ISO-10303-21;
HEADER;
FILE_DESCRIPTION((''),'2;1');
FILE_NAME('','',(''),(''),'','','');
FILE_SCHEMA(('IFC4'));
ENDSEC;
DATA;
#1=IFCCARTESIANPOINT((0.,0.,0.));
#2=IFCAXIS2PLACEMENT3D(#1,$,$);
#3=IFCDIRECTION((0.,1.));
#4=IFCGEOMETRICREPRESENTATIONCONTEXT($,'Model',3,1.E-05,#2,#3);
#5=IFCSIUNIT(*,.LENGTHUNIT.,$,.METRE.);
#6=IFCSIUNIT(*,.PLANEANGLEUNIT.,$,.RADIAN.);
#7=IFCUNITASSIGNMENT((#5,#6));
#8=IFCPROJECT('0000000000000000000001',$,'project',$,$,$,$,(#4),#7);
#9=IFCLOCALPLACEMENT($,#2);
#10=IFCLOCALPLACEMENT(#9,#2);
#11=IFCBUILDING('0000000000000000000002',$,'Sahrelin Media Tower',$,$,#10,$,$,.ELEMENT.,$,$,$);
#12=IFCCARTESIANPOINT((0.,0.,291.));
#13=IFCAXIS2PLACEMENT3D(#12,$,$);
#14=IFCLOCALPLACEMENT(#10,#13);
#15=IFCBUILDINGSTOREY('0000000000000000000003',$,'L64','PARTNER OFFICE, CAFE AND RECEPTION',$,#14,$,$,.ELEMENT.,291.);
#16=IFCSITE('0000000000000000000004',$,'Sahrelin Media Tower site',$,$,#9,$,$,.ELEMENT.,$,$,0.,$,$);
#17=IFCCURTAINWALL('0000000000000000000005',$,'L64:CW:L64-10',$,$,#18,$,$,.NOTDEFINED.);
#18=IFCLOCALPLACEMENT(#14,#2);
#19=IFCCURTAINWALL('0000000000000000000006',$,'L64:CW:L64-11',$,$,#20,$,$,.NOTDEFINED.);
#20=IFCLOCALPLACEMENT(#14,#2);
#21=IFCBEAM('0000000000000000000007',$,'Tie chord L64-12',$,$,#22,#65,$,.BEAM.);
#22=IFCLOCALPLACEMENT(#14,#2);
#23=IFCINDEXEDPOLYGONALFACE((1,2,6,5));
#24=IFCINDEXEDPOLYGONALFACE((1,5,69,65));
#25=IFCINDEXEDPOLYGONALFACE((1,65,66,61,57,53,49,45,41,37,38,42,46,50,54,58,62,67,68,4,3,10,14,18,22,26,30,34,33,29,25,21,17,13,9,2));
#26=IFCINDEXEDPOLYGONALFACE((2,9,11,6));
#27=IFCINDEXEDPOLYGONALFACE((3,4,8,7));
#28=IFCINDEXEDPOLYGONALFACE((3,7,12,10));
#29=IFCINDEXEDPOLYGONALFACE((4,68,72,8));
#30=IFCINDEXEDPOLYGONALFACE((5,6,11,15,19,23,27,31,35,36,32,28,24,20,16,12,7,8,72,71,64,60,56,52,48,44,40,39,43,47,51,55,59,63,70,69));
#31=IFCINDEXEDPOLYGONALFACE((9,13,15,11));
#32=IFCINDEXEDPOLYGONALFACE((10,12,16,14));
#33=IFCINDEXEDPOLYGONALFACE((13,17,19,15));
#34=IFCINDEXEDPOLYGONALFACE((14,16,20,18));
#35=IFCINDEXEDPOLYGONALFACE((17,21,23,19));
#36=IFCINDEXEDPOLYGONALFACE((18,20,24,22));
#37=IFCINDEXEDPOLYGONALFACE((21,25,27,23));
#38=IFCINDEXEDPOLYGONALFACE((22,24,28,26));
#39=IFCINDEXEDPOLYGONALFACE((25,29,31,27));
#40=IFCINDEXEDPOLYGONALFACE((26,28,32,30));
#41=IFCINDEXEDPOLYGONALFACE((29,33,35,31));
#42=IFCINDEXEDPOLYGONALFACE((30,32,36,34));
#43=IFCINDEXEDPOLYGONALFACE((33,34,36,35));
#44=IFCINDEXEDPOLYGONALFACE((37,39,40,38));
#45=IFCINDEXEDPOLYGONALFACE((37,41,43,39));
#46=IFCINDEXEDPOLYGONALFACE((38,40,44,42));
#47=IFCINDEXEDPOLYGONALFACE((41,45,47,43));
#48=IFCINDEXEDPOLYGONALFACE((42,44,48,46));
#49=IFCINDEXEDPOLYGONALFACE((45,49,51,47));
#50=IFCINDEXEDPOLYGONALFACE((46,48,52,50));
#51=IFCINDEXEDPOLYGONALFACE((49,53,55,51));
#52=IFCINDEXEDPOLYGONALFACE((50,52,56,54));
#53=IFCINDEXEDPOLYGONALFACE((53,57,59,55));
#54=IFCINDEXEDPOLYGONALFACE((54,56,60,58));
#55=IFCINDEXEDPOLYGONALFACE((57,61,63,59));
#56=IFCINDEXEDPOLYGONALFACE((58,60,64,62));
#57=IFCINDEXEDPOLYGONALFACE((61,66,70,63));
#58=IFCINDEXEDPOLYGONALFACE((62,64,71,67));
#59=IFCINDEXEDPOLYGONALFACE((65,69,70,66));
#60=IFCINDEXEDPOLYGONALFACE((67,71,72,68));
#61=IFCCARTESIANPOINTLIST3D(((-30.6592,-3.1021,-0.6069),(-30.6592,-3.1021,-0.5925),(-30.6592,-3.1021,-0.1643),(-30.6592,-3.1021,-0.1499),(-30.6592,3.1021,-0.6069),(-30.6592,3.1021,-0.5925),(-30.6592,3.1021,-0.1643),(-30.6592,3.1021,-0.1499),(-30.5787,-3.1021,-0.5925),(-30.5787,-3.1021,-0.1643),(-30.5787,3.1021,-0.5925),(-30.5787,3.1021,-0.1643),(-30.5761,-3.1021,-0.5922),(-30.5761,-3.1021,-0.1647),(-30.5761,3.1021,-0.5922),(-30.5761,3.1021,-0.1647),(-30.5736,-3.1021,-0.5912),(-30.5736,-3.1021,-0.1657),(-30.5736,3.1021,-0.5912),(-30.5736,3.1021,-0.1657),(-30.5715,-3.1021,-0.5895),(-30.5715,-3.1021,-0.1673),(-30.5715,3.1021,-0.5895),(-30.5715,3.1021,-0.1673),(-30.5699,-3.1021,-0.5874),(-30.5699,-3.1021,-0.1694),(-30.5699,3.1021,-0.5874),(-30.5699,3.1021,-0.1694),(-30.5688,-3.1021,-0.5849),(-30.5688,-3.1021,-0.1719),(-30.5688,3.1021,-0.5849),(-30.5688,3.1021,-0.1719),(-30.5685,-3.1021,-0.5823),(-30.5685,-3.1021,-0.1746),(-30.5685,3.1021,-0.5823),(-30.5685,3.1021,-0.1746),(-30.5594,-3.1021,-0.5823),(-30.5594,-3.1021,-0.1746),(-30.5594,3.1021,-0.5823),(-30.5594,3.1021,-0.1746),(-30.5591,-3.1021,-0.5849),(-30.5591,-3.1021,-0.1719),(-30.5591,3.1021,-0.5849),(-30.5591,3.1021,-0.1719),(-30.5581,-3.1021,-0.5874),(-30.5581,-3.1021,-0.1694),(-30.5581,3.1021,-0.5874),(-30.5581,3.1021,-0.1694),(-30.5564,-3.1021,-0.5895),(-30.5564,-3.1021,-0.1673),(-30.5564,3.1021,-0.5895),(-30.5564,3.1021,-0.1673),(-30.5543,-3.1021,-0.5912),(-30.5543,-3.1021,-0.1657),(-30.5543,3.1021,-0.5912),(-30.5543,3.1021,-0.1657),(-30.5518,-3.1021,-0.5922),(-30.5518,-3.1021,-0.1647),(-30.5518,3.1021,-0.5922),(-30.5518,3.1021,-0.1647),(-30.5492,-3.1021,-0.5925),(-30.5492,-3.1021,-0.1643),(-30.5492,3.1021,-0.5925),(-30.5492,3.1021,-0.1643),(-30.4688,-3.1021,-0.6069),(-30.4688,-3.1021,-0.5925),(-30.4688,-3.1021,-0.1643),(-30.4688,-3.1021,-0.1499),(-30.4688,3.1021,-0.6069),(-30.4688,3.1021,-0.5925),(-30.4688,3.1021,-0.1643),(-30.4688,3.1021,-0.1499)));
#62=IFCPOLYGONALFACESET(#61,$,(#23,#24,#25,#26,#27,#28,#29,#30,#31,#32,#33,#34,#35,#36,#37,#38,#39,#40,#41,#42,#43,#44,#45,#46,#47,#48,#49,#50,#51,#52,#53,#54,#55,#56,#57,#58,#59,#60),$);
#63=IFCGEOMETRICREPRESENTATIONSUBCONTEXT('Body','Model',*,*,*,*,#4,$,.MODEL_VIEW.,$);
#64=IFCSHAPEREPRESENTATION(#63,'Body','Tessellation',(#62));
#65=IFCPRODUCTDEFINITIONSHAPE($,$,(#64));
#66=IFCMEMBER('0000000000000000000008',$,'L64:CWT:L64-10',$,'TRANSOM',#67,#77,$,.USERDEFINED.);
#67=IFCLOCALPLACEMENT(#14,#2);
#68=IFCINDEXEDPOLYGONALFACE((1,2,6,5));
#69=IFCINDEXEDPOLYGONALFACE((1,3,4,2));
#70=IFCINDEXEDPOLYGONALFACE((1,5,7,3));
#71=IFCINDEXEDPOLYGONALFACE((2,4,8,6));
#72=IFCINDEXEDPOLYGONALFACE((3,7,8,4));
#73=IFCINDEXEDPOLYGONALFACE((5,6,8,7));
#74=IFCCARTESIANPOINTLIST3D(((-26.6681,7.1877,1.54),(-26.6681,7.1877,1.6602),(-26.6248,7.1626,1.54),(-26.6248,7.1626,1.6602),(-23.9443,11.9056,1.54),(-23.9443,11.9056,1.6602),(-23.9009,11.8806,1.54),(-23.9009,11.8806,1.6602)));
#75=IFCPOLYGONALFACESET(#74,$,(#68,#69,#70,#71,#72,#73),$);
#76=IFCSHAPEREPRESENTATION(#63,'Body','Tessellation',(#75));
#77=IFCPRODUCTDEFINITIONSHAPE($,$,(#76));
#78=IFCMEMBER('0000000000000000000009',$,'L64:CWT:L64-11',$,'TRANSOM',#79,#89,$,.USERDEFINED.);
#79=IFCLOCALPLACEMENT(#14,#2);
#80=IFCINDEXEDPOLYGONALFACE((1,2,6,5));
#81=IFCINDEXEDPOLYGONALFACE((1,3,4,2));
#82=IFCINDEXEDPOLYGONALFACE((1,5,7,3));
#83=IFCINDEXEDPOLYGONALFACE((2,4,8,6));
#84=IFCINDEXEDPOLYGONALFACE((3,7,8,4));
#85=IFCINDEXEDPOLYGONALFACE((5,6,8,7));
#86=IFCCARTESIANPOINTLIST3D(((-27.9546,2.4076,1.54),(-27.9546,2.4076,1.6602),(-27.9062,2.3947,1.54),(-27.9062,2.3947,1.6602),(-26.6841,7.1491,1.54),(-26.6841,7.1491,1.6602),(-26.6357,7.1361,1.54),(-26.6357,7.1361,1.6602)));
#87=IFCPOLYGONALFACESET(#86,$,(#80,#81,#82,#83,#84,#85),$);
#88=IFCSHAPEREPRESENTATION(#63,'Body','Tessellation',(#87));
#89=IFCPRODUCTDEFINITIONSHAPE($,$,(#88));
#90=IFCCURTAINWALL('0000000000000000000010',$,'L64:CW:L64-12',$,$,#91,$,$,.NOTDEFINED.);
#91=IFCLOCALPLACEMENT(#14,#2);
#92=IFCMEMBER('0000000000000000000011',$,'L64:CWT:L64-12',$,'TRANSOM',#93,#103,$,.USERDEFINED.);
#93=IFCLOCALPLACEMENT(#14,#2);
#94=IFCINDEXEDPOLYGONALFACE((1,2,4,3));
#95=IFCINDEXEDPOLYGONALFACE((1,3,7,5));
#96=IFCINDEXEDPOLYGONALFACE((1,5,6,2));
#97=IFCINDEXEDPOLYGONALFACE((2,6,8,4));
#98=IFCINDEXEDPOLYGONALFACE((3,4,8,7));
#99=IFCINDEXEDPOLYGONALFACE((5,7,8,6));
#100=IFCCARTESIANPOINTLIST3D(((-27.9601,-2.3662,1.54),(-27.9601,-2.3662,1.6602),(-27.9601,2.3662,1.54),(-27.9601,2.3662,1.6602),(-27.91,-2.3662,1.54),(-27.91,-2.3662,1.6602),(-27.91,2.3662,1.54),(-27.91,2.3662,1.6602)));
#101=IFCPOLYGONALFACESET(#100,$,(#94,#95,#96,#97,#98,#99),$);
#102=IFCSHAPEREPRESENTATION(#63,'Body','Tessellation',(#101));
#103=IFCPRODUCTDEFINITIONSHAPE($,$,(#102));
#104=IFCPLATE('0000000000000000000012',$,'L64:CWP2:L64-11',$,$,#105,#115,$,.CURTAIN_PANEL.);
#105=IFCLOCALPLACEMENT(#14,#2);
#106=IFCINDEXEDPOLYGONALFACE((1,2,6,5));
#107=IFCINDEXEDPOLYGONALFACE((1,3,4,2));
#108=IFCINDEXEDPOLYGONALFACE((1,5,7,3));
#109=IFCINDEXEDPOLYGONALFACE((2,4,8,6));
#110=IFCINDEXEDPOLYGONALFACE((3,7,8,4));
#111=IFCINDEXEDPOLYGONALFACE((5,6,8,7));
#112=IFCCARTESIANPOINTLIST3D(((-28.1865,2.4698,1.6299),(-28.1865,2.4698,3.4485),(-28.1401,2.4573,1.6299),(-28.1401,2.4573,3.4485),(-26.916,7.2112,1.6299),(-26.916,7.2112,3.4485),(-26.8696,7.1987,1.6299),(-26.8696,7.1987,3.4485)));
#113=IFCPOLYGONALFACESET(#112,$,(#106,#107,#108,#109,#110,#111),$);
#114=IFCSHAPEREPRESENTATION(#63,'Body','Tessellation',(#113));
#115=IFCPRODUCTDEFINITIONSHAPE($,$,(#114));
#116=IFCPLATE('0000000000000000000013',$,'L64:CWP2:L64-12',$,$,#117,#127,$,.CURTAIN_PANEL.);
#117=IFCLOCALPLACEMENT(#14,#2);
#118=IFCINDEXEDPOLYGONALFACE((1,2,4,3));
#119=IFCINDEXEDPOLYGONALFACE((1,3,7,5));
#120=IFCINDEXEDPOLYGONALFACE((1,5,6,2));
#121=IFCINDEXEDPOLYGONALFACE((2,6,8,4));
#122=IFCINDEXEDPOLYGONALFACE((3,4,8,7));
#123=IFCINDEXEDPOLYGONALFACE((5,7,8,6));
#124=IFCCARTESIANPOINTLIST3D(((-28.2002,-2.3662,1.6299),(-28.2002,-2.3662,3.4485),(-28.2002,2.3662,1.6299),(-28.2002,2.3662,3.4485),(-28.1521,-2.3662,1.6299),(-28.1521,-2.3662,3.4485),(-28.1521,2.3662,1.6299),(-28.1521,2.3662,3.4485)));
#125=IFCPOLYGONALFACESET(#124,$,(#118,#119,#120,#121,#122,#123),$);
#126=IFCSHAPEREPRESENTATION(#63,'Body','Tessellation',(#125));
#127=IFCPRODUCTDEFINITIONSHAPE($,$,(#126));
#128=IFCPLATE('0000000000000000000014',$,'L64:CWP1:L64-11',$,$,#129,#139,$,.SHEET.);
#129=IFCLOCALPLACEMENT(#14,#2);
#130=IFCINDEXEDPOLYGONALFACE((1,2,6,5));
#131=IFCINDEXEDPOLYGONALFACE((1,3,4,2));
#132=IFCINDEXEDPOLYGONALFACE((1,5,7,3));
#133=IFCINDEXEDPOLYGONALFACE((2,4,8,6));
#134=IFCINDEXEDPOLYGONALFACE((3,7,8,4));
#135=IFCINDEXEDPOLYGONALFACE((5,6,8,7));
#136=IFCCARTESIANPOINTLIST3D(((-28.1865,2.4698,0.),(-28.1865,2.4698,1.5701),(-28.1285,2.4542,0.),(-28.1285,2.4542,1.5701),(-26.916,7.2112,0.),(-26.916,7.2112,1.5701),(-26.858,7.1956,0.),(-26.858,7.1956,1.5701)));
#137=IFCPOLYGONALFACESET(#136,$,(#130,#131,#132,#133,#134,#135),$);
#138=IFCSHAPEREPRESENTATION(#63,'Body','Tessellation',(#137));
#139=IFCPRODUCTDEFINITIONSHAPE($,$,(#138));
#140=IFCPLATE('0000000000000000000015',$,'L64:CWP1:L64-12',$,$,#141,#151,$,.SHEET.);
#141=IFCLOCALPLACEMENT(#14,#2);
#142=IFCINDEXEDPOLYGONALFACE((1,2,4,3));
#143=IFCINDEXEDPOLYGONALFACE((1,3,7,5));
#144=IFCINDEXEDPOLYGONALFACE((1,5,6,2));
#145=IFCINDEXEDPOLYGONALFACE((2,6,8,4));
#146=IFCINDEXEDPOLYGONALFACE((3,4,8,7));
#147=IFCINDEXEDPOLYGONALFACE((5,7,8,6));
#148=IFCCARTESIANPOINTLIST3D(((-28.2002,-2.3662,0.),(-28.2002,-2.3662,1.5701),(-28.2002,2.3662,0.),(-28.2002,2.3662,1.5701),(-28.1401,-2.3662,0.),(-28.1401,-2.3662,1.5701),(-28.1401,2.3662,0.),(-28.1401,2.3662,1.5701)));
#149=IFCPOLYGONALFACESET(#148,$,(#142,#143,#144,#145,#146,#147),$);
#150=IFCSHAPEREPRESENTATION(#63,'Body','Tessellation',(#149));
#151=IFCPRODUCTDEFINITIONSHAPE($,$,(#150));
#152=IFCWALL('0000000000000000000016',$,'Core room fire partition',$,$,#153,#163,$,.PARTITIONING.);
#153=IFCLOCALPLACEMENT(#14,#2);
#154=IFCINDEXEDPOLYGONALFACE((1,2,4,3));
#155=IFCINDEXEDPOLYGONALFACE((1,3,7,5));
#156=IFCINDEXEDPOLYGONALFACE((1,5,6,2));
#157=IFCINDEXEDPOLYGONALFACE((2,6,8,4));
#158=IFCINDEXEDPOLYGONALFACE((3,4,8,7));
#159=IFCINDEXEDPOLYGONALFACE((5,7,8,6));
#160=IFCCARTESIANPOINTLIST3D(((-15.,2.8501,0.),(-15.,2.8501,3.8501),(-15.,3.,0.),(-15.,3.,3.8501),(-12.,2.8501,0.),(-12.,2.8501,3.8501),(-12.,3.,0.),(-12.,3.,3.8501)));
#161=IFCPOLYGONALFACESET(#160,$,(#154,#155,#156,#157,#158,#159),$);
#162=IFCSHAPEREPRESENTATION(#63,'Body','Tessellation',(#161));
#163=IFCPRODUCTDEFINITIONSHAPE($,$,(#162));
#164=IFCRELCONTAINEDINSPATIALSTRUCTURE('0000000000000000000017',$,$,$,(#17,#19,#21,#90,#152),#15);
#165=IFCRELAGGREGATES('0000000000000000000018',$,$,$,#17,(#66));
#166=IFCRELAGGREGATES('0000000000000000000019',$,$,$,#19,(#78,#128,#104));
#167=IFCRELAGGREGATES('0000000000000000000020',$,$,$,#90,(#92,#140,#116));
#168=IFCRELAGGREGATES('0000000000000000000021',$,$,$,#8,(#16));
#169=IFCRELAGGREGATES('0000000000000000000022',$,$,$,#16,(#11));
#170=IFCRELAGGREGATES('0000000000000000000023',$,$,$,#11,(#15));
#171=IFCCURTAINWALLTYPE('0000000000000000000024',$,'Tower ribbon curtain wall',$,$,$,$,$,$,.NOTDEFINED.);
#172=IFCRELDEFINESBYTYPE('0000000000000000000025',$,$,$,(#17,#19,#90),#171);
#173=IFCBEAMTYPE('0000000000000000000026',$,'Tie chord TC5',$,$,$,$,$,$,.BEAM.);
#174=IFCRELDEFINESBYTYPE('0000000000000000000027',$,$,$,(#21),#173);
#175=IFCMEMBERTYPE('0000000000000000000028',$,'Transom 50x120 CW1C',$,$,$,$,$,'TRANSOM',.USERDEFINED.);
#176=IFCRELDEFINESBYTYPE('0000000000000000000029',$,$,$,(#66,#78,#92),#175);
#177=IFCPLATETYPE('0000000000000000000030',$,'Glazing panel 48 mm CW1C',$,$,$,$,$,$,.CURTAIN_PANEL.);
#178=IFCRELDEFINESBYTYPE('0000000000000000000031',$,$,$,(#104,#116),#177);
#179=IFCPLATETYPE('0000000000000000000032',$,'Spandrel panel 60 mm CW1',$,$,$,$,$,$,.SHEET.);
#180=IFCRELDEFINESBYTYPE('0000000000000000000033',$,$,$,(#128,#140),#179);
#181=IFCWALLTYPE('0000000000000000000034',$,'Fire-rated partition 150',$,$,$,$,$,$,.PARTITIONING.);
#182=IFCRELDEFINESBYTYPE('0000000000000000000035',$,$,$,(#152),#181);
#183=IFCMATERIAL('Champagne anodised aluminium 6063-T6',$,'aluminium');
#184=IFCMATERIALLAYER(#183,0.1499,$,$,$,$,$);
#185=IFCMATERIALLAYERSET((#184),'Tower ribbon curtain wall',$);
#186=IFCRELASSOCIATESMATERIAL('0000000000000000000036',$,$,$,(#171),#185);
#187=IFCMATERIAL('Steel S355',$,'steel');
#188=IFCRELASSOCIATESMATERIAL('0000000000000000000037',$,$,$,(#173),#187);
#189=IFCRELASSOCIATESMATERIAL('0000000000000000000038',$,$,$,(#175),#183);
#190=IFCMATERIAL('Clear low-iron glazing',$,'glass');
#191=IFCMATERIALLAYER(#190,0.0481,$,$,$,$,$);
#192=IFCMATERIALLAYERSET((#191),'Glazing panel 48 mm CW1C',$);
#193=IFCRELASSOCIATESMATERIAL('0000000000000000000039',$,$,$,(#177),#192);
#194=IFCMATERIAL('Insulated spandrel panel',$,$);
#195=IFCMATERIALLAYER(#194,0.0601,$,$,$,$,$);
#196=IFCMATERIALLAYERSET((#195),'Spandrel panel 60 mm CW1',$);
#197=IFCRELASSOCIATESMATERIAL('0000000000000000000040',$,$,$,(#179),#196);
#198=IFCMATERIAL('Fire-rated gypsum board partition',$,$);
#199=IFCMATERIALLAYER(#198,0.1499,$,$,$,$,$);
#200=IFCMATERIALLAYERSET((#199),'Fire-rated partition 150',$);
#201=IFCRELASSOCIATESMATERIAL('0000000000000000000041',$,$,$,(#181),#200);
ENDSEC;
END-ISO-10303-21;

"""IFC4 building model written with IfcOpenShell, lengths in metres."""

from ifc_helpers import new_model, si_unit, direction, frame, frame_2d, origin, origin_2d, place, context, subcontext, project, spatial, polyline, rectangle, i_section, outline, extrude, material, layer, layer_set, material_profile, profile_set, type_object, element, aggregate, save


model = new_model("IFC4")

# Units and contexts
model_context = context("Model", 3, precision=1e-05, world=origin(), true_north=direction((0.0, 1.0)))
body_context = subcontext(model_context, "Body", "Model", "MODEL_VIEW")
ifc_project = project(units=[si_unit("LENGTHUNIT", "METRE"), si_unit("PLANEANGLEUNIT", "RADIAN")], contexts=[model_context])

# Site, building, storey
site_placement = place(None, origin())
site = spatial("IfcSite", under=ifc_project, at=site_placement, Name="Sahrelin Media Tower site", CompositionType="ELEMENT", RefElevation=0.0)
building_placement = place(site_placement, origin())
building = spatial("IfcBuilding", under=site, at=building_placement, Name="Sahrelin Media Tower", CompositionType="ELEMENT")
storey_placement = place(building_placement, frame((0.0, 0.0, 291.0)))
storey = spatial("IfcBuildingStorey", under=building, at=storey_placement, Name="L64", Description="PARTNER OFFICE, CAFE AND RECEPTION", CompositionType="ELEMENT", Elevation=291.0)

# Shared definitions
ifc_material_1 = material(Name="Steel S355", Category="steel")

# Curtain walls
ifc_material_2 = material(Name="Champagne anodised aluminium 6063-T6", Category="aluminium")
ifc_layer_1 = layer(ifc_material_2, 0.1499)
ifc_layer_set_1 = layer_set([ifc_layer_1], Name="Tower ribbon curtain wall")
curtain_wall_type = type_object("IfcCurtainWallType", Name="Tower ribbon curtain wall", PredefinedType="NOTDEFINED", material=ifc_layer_set_1)
curtain_wall_1_placement = place(storey_placement, frame((-25.4966, 9.6565, 0.0), z_axis=(0.0, 0.0, 1.0), x_axis=(1.0, 0.0, 0.0)))
curtain_wall_1 = element("IfcCurtainWall", 1, at=curtain_wall_1_placement, inside=storey, type_object=curtain_wall_type, Name="L64:CW:L64-10", PredefinedType="NOTDEFINED")
curtain_wall_2_placement = place(storey_placement, frame((-27.532, 4.8352, 0.0), z_axis=(0.0, 0.0, 1.0), x_axis=(1.0, 0.0, 0.0)))
curtain_wall_2 = element("IfcCurtainWall", 2, at=curtain_wall_2_placement, inside=storey, type_object=curtain_wall_type, Name="L64:CW:L64-11", PredefinedType="NOTDEFINED")

# Beam
ifc_material_profile_1 = material_profile(ifc_material_1, i_section(OverallWidth=0.1904, OverallDepth=0.457, WebThickness=0.009, FlangeThickness=0.0144, FilletRadius=0.0103, at=origin_2d()), Name="UB 457x191x74")
ifc_profile_set_1 = profile_set([ifc_material_profile_1], Name="Steel S355")
beam_type_1 = type_object("IfcBeamType", Name="Tie chord TC5", PredefinedType="BEAM", material=ifc_profile_set_1)
beam_1_placement = place(storey_placement, frame((-30.564, 3.1021, -0.3784), z_axis=(0.0, -1.0, 0.0), x_axis=(1.0, 0.0, 0.0)))
element("IfcBeam", 3, at=beam_1_placement, inside=storey, type_object=beam_type_1, Name="Tie chord L64-12", PredefinedType="BEAM", context=body_context, shape_type="SweptSolid", body=[
    extrude(i_section(OverallWidth=0.1904, OverallDepth=0.457, WebThickness=0.009, FlangeThickness=0.0144, FilletRadius=0.0103, at=origin_2d()), origin(), (0.0, 0.0, 1.0), 6.2041),
])

# Members
ifc_material_profile_2 = material_profile(ifc_material_2, rectangle(XDim=0.05, YDim=0.1201, at=origin_2d()), Name="Transom 50x120")
ifc_profile_set_2 = profile_set([ifc_material_profile_2], Name="Champagne anodised aluminium 6063-T6")
member_type_1 = type_object("IfcMemberType", Name="Transom 50x120 CW1C", ElementType="TRANSOM", PredefinedType="USERDEFINED", material=ifc_profile_set_2)
member_1_placement = place(storey_placement, frame((-23.9226, 11.8931, 1.6001), z_axis=(-0.49999, -0.866031, 0.0), x_axis=(0.866031, -0.49999, 0.0)))
member_1 = element("IfcMember", 4, at=member_1_placement, type_object=member_type_1, Name="L64:CWT:L64-10", ObjectType="TRANSOM", PredefinedType="USERDEFINED", context=body_context, shape_type="SweptSolid", body=[
    extrude(rectangle(XDim=0.05, YDim=0.1201, at=origin_2d()), origin(), (0.0, 0.0, 1.0), 5.4478),
])
aggregate(curtain_wall_1, [member_1])
member_2_placement = place(storey_placement, frame((-26.6599, 7.1426, 1.6001), z_axis=(-0.258826, -0.965924, 0.0), x_axis=(0.965924, -0.258826, 0.0)))
member_2 = element("IfcMember", 5, at=member_2_placement, type_object=member_type_1, Name="L64:CWT:L64-11", ObjectType="TRANSOM", PredefinedType="USERDEFINED", context=body_context, shape_type="SweptSolid", body=[
    extrude(rectangle(XDim=0.05, YDim=0.1201, at=origin_2d()), origin(), (0.0, 0.0, 1.0), 4.9087),
])

# Curtain wall, member
curtain_wall_3_placement = place(storey_placement, frame((-28.1802, 0.0, 0.0), z_axis=(0.0, 0.0, 1.0), x_axis=(1.0, 0.0, 0.0)))
curtain_wall_3 = element("IfcCurtainWall", 6, at=curtain_wall_3_placement, inside=storey, type_object=curtain_wall_type, Name="L64:CW:L64-12", PredefinedType="NOTDEFINED")
member_3_placement = place(storey_placement, frame((-27.9351, 2.3662, 1.6001), z_axis=(0.0, -1.0, 0.0), x_axis=(1.0, 0.0, 0.0)))
member_3 = element("IfcMember", 7, at=member_3_placement, type_object=member_type_1, Name="L64:CWT:L64-12", ObjectType="TRANSOM", PredefinedType="USERDEFINED", context=body_context, shape_type="SweptSolid", body=[
    extrude(rectangle(XDim=0.05, YDim=0.1201, at=origin_2d()), origin(), (0.0, 0.0, 1.0), 4.7324),
])

# Plates
ifc_material_3 = material(Name="Clear low-iron glazing", Category="glass")
ifc_layer_2 = layer(ifc_material_3, 0.0481)
ifc_layer_set_2 = layer_set([ifc_layer_2], Name="Glazing panel 48 mm CW1C")
plate_type_1 = type_object("IfcPlateType", Name="Glazing panel 48 mm CW1C", PredefinedType="CURTAIN_PANEL", material=ifc_layer_set_2)
plate_1_placement = place(storey_placement, frame((-26.916, 7.2112, 1.6299), z_axis=(-0.965924, 0.258826, 0.0), x_axis=(-0.258826, -0.965924, 0.0)))
plate_1 = element("IfcPlate", 8, at=plate_1_placement, type_object=plate_type_1, Name="L64:CWP2:L64-11", PredefinedType="CURTAIN_PANEL", context=body_context, shape_type="SweptSolid", body=[
    extrude(outline(polyline([(0.0, 0.0), (4.9087, 0.0), (4.9087, 1.8186), (0.0, 1.8186), (0.0, 0.0)])), origin(), (0.0, 0.0, -1.0), 0.0481),
])
plate_2_placement = place(storey_placement, frame((-28.2002, 2.3662, 1.6299), z_axis=(-1.0, 0.0, 0.0), x_axis=(0.0, -1.0, 0.0)))
plate_2 = element("IfcPlate", 9, at=plate_2_placement, type_object=plate_type_1, Name="L64:CWP2:L64-12", PredefinedType="CURTAIN_PANEL", context=body_context, shape_type="SweptSolid", body=[
    extrude(outline(polyline([(0.0, 0.0), (4.7324, 0.0), (4.7324, 1.8186), (0.0, 1.8186), (0.0, 0.0)])), origin(), (0.0, 0.0, -1.0), 0.0481),
])
ifc_material_4 = material(Name="Insulated spandrel panel")
ifc_layer_3 = layer(ifc_material_4, 0.0601)
ifc_layer_set_3 = layer_set([ifc_layer_3], Name="Spandrel panel 60 mm CW1")
plate_type_2 = type_object("IfcPlateType", Name="Spandrel panel 60 mm CW1", PredefinedType="SHEET", material=ifc_layer_set_3)
plate_3_placement = place(storey_placement, frame((-26.916, 7.2112, 0.0), z_axis=(-0.965924, 0.258826, 0.0), x_axis=(-0.258826, -0.965924, 0.0)))
plate_3 = element("IfcPlate", 10, at=plate_3_placement, type_object=plate_type_2, Name="L64:CWP1:L64-11", PredefinedType="SHEET", context=body_context, shape_type="SweptSolid", body=[
    extrude(outline(polyline([(0.0, 0.0), (4.9087, 0.0), (4.9087, 1.5701), (0.0, 1.5701), (0.0, 0.0)])), origin(), (0.0, 0.0, -1.0), 0.0601),
])
aggregate(curtain_wall_2, [member_2, plate_3, plate_1])
plate_4_placement = place(storey_placement, frame((-28.2002, 2.3662, 0.0), z_axis=(-1.0, 0.0, 0.0), x_axis=(0.0, -1.0, 0.0)))
plate_4 = element("IfcPlate", 11, at=plate_4_placement, type_object=plate_type_2, Name="L64:CWP1:L64-12", PredefinedType="SHEET", context=body_context, shape_type="SweptSolid", body=[
    extrude(outline(polyline([(0.0, 0.0), (4.7324, 0.0), (4.7324, 1.5701), (0.0, 1.5701), (0.0, 0.0)])), origin(), (0.0, 0.0, -1.0), 0.0601),
])
aggregate(curtain_wall_3, [member_3, plate_4, plate_2])

# Wall
ifc_material_5 = material(Name="Fire-rated gypsum board partition")
ifc_layer_4 = layer(ifc_material_5, 0.1499)
ifc_layer_set_4 = layer_set([ifc_layer_4], Name="Fire-rated partition 150")
wall_type_1 = type_object("IfcWallType", Name="Fire-rated partition 150", PredefinedType="PARTITIONING", material=ifc_layer_set_4)
wall_1_placement = place(storey_placement, frame((-15.0, 2.925, 0.0), z_axis=(0.0, 0.0, 1.0), x_axis=(1.0, 0.0, 0.0)))
element("IfcWall", 12, at=wall_1_placement, inside=storey, type_object=wall_type_1, Name="Core room fire partition", PredefinedType="PARTITIONING", context=body_context, shape_type="SweptSolid", body=[
    extrude(rectangle(XDim=3.0, YDim=0.1499, at=frame_2d((1.5, 0.0))), origin(), (0.0, 0.0, 1.0), 3.8501),
])

save(model, "model.ifc")
